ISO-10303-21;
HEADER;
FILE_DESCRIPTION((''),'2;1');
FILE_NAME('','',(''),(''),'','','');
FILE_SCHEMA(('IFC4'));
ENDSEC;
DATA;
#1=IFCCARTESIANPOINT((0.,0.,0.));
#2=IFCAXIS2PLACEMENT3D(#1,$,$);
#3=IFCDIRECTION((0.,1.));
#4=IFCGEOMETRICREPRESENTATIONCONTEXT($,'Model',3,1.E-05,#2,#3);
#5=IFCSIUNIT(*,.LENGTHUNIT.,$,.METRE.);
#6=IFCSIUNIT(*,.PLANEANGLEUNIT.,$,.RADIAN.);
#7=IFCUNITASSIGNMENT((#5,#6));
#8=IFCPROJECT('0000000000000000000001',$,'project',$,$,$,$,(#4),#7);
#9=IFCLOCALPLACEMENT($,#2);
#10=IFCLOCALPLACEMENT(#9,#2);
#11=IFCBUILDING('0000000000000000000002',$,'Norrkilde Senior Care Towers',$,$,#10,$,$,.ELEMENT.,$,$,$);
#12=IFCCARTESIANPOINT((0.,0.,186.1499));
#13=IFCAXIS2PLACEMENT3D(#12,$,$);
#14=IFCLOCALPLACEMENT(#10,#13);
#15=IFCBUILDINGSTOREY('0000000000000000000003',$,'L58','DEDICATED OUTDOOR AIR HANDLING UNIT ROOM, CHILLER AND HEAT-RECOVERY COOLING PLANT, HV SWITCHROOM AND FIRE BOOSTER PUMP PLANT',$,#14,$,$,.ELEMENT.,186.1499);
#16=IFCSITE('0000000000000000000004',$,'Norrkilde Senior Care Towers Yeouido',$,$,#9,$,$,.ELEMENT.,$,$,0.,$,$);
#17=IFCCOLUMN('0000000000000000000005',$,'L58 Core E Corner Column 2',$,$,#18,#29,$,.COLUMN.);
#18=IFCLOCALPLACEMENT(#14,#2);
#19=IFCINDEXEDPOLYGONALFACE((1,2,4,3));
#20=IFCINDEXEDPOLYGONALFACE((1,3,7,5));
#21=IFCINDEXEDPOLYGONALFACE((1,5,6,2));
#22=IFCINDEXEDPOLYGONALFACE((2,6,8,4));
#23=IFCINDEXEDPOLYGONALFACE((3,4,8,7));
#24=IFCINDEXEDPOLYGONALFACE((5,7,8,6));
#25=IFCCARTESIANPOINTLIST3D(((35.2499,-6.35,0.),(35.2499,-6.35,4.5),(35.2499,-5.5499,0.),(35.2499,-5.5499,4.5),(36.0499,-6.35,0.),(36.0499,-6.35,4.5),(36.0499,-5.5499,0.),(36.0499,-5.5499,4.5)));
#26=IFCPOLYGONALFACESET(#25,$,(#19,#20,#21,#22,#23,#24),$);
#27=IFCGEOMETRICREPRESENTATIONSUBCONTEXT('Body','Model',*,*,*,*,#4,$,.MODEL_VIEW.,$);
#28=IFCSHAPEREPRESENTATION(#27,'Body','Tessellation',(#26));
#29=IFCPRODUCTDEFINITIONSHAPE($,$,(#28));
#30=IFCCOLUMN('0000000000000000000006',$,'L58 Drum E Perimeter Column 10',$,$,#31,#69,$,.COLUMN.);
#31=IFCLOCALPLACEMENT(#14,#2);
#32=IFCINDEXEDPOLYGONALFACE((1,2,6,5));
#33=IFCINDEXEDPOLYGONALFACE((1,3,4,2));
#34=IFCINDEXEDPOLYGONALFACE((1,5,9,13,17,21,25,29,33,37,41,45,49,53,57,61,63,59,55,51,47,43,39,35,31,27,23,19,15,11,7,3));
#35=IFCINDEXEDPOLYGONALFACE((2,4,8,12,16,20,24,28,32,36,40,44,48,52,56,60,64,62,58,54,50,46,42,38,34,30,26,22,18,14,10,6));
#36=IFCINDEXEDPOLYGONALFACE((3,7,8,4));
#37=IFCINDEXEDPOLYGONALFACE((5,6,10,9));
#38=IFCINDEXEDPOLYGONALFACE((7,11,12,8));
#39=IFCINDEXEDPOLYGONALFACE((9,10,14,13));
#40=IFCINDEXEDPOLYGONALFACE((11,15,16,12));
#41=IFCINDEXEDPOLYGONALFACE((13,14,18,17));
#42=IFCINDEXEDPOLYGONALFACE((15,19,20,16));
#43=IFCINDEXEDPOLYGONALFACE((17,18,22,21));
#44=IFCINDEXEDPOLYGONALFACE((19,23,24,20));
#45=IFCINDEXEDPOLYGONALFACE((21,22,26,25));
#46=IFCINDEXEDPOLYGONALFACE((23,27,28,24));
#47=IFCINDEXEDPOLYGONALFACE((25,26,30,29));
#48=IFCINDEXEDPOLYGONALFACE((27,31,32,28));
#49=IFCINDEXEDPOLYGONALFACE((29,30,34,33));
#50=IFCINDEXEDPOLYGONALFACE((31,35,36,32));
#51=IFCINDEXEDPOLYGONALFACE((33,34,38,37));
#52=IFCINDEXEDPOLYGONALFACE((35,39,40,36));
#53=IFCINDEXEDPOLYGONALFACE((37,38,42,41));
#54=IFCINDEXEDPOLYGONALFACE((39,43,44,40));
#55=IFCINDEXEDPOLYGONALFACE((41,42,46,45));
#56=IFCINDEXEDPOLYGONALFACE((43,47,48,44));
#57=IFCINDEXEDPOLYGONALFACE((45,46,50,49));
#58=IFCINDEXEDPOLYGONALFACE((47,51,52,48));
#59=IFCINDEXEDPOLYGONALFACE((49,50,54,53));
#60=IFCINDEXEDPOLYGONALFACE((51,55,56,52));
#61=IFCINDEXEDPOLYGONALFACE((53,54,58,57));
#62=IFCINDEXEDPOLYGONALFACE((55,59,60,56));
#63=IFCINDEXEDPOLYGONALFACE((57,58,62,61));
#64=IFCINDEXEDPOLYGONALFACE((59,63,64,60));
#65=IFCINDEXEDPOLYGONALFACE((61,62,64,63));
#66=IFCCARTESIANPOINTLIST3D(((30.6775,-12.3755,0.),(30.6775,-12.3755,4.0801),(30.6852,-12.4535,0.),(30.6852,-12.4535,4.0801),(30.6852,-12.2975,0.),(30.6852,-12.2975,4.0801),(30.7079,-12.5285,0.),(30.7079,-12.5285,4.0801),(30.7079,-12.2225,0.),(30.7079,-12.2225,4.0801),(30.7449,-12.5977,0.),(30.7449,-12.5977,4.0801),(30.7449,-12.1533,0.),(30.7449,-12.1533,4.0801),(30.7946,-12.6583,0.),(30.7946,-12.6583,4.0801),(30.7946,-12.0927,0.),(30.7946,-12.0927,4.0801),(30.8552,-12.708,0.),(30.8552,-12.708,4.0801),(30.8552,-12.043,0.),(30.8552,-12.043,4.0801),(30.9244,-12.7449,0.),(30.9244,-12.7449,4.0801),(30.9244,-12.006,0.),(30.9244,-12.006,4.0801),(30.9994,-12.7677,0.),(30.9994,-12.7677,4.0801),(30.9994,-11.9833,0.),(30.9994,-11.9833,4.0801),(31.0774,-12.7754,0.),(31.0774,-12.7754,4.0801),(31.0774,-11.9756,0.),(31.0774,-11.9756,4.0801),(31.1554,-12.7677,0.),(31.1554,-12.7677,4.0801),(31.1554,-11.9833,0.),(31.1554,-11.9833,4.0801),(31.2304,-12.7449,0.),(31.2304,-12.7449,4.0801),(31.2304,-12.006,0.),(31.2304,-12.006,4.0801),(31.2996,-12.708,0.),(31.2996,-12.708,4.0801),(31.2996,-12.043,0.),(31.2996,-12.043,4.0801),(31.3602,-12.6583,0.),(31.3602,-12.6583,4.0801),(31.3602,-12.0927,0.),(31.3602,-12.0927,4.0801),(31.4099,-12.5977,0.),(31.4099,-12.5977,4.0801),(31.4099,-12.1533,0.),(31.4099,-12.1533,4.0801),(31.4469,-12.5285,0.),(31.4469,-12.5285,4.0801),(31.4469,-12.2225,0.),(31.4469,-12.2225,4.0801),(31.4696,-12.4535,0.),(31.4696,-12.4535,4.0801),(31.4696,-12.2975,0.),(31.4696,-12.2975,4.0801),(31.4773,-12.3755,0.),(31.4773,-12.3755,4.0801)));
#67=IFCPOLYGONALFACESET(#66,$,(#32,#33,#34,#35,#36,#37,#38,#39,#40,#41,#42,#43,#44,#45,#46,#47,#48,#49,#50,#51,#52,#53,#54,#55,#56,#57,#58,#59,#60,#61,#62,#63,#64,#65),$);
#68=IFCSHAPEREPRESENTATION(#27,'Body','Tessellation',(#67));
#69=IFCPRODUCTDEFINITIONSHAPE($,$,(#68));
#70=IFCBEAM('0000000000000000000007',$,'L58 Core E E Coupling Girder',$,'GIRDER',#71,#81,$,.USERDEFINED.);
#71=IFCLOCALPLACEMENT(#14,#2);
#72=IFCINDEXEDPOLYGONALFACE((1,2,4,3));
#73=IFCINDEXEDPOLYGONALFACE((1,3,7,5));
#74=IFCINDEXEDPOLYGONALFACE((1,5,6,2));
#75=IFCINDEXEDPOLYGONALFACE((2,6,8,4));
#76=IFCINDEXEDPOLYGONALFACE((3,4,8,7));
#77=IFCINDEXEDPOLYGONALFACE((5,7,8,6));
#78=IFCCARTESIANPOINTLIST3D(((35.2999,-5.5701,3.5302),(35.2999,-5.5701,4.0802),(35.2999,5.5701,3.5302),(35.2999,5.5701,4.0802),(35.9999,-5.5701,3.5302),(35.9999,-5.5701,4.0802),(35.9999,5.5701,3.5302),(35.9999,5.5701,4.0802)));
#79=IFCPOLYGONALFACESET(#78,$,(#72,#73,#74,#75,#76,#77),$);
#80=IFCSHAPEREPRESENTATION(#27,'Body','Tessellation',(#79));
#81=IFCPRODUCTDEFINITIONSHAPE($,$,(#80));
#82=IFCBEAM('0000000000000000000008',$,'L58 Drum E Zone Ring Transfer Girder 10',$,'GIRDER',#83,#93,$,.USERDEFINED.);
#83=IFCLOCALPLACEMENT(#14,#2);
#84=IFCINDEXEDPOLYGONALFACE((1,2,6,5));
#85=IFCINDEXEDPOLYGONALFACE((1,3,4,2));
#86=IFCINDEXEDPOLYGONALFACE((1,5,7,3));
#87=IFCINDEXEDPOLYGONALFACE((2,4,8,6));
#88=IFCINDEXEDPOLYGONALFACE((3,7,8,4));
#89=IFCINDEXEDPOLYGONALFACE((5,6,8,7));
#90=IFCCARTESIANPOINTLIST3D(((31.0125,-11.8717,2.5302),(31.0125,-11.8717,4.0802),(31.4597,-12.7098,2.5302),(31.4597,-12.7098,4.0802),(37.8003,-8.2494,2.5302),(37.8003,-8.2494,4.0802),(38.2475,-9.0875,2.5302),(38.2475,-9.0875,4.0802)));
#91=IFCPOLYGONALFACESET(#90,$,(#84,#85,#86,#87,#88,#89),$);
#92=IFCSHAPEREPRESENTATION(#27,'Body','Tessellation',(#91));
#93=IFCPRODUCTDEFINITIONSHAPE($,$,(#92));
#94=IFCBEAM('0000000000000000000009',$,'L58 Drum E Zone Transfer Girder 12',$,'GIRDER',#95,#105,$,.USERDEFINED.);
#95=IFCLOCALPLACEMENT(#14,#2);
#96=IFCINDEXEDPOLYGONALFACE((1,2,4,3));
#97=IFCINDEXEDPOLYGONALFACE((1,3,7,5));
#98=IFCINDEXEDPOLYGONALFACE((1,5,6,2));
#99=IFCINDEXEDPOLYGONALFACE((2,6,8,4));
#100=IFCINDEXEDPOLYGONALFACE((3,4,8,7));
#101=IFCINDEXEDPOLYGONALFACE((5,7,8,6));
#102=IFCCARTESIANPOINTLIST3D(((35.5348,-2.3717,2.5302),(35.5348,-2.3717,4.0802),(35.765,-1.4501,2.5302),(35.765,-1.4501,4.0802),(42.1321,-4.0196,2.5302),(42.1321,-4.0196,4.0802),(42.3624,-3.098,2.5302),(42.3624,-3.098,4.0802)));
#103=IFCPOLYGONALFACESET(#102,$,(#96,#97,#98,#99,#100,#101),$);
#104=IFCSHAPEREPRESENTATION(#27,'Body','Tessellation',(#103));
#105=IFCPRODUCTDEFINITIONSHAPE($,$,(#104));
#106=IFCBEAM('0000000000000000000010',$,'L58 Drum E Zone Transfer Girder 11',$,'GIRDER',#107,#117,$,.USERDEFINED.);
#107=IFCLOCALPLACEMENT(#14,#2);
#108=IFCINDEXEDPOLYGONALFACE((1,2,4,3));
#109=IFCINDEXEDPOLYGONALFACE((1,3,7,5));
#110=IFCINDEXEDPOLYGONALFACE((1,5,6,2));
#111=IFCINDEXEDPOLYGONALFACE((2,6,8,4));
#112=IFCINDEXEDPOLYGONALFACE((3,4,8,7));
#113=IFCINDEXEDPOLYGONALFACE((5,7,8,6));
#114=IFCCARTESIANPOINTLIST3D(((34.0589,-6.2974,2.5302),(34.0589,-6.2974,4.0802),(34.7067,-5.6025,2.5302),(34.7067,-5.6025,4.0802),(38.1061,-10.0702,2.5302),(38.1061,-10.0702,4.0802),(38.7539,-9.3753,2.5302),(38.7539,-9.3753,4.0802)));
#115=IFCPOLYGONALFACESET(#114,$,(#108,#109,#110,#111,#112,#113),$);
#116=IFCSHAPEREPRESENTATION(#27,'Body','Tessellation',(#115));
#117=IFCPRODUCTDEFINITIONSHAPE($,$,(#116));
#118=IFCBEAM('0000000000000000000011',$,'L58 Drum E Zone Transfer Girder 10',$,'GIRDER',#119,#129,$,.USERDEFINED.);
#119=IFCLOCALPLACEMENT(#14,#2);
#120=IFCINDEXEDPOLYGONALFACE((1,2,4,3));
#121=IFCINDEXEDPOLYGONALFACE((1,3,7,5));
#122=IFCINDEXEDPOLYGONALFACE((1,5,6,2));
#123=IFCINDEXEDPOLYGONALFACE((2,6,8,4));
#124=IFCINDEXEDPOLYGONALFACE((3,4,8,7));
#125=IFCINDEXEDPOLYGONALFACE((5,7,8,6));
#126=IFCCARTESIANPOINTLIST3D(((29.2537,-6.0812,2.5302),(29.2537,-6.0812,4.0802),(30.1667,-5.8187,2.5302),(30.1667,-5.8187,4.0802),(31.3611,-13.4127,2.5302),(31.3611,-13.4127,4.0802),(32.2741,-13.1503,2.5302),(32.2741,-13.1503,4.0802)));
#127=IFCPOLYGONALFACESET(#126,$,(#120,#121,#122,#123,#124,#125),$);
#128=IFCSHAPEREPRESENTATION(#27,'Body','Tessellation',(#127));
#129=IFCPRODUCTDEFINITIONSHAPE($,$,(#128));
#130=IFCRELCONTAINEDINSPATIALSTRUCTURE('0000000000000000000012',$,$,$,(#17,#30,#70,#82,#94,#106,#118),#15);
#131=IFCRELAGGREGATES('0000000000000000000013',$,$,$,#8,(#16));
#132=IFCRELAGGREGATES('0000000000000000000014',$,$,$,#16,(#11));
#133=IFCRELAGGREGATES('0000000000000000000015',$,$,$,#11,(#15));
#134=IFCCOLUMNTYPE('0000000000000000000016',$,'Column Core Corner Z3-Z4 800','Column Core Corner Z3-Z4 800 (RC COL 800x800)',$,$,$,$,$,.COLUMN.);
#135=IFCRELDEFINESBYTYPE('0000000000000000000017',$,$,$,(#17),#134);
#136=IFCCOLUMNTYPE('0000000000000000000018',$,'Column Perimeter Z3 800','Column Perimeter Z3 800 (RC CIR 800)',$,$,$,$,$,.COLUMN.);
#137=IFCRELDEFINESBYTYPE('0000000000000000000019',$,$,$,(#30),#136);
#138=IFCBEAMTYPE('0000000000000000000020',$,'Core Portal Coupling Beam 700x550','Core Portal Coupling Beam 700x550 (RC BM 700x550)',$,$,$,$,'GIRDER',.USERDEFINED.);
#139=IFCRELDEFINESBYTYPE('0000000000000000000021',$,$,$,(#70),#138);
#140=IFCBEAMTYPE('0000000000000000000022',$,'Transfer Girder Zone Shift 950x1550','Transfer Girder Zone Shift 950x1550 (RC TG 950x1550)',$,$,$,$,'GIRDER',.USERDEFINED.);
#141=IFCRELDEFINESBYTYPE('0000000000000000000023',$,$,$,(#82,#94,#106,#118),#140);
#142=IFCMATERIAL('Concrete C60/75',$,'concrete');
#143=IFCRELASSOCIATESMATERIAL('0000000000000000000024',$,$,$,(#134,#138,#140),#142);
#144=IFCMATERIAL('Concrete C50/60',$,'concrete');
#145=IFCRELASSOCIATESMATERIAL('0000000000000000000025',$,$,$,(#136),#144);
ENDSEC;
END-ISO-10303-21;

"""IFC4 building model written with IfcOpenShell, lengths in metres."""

from ifc_helpers import new_model, si_unit, direction, frame, origin, origin_2d, place, context, subcontext, project, spatial, rectangle, circle, extrude, source, transform, mapped, material, material_profile, profile_set, type_object, type_shapes, element, save


model = new_model("IFC4")

# Units and contexts
model_context = context("Model", 3, precision=1e-05, world=origin(), true_north=direction((0.0, 1.0)))
body_context = subcontext(model_context, "Body", "Model", "MODEL_VIEW")
ifc_project = project(units=[si_unit("LENGTHUNIT", "METRE"), si_unit("PLANEANGLEUNIT", "RADIAN")], contexts=[model_context])

# Site, building, storey
site_placement = place(None, origin())
site = spatial("IfcSite", under=ifc_project, at=site_placement, Name="Norrkilde Senior Care Towers Yeouido", CompositionType="ELEMENT", RefElevation=0.0)
building_placement = place(site_placement, origin())
building = spatial("IfcBuilding", under=site, at=building_placement, Name="Norrkilde Senior Care Towers", CompositionType="ELEMENT")
storey_placement = place(building_placement, frame((0.0, 0.0, 186.1499)))
storey = spatial("IfcBuildingStorey", under=building, at=storey_placement, Name="L58", Description="DEDICATED OUTDOOR AIR HANDLING UNIT ROOM, CHILLER AND HEAT-RECOVERY COOLING PLANT, HV SWITCHROOM AND FIRE BOOSTER PUMP PLANT", CompositionType="ELEMENT", Elevation=186.1499)

# Columns
ifc_material_1 = material(Name="Concrete C60/75", Category="concrete")
ifc_material_profile_1 = material_profile(ifc_material_1, rectangle(XDim=0.8, YDim=0.8, at=origin_2d()), Name="RC COL 800x800")
ifc_profile_set_1 = profile_set([ifc_material_profile_1], Name="Concrete C60/75")
column_type_1 = type_object("IfcColumnType", Name="Column Core Corner Z3-Z4 800", Description="Column Core Corner Z3-Z4 800 (RC COL 800x800)", PredefinedType="COLUMN", material=ifc_profile_set_1)
shared_shape_1 = source(origin(), body_context, "Body", "SweptSolid", [
    extrude(rectangle(XDim=0.8, YDim=0.8, at=origin_2d()), origin(), (0.0, 0.0, 1.0), 4.5),
])
type_shapes(column_type_1, [shared_shape_1])
column_1_placement = place(storey_placement, frame((35.6499, -5.95, 0.0), z_axis=(0.0, 0.0, 1.0), x_axis=(1.0, 0.0, 0.0)))
element("IfcColumn", 1, at=column_1_placement, inside=storey, type_object=column_type_1, Name="L58 Core E Corner Column 2", PredefinedType="COLUMN", context=body_context, shape_type="MappedRepresentation", body=[
    mapped(shared_shape_1, transform((0.0, 0.0, 0.0), x_axis=(1.0, 0.0, 0.0), y_axis=(0.0, 1.0, 0.0), z_axis=(0.0, 0.0, 1.0), scale=1.0)),
])
ifc_material_2 = material(Name="Concrete C50/60", Category="concrete")
ifc_material_profile_2 = material_profile(ifc_material_2, circle(Radius=0.3999, at=origin_2d()), Name="RC CIR 800")
ifc_profile_set_2 = profile_set([ifc_material_profile_2], Name="Concrete C50/60")
column_type_2 = type_object("IfcColumnType", Name="Column Perimeter Z3 800", Description="Column Perimeter Z3 800 (RC CIR 800)", PredefinedType="COLUMN", material=ifc_profile_set_2)
shared_shape_2 = source(origin(), body_context, "Body", "SweptSolid", [
    extrude(circle(Radius=0.3999, at=origin_2d()), origin(), (0.0, 0.0, 1.0), 4.0801),
])
type_shapes(column_type_2, [shared_shape_2])
column_2_placement = place(storey_placement, frame((31.0774, -12.3755, 0.0), z_axis=(0.0, 0.0, 1.0), x_axis=(1.0, 0.0, 0.0)))
element("IfcColumn", 2, at=column_2_placement, inside=storey, type_object=column_type_2, Name="L58 Drum E Perimeter Column 10", PredefinedType="COLUMN", context=body_context, shape_type="MappedRepresentation", body=[
    mapped(shared_shape_2, transform((0.0, 0.0, 0.0), x_axis=(1.0, 0.0, 0.0), y_axis=(0.0, 1.0, 0.0), z_axis=(0.0, 0.0, 1.0), scale=1.0)),
])

# Beams
ifc_material_profile_3 = material_profile(ifc_material_1, rectangle(XDim=0.7, YDim=0.55, at=origin_2d()), Name="RC BM 700x550")
ifc_profile_set_3 = profile_set([ifc_material_profile_3], Name="Concrete C60/75")
beam_type_1 = type_object("IfcBeamType", Name="Core Portal Coupling Beam 700x550", Description="Core Portal Coupling Beam 700x550 (RC BM 700x550)", ElementType="GIRDER", PredefinedType="USERDEFINED", material=ifc_profile_set_3)
shared_shape_3 = source(origin(), body_context, "Body", "SweptSolid", [
    extrude(rectangle(XDim=0.7, YDim=0.55, at=origin_2d()), origin(), (0.0, 0.0, 1.0), 11.1401),
])
type_shapes(beam_type_1, [shared_shape_3])
beam_1_placement = place(storey_placement, frame((35.6499, -5.5701, 3.8052), z_axis=(0.0, 1.0, 0.0), x_axis=(-1.0, 0.0, 0.0)))
element("IfcBeam", 3, at=beam_1_placement, inside=storey, type_object=beam_type_1, Name="L58 Core E E Coupling Girder", ObjectType="GIRDER", PredefinedType="USERDEFINED", context=body_context, shape_type="MappedRepresentation", body=[
    mapped(shared_shape_3, transform((0.0, 0.0, 0.0), x_axis=(1.0, 0.0, 0.0), y_axis=(0.0, 1.0, 0.0), z_axis=(0.0, 0.0, 1.0), scale=1.0)),
])
ifc_material_profile_4 = material_profile(ifc_material_1, rectangle(XDim=0.95, YDim=1.55, at=origin_2d()), Name="RC TG 950x1550")
ifc_profile_set_4 = profile_set([ifc_material_profile_4], Name="Concrete C60/75")
beam_type_2 = type_object("IfcBeamType", Name="Transfer Girder Zone Shift 950x1550", Description="Transfer Girder Zone Shift 950x1550 (RC TG 950x1550)", ElementType="GIRDER", PredefinedType="USERDEFINED", material=ifc_profile_set_4)
shared_shape_4 = source(origin(), body_context, "Body", "SweptSolid", [
    extrude(rectangle(XDim=0.95, YDim=1.55, at=origin_2d()), origin(), (0.0, 0.0, 1.0), 7.6938),
])
beam_2_placement = place(storey_placement, frame((31.2361, -12.2908, 3.3052), z_axis=(0.882238, 0.470804, 0.0), x_axis=(-0.470804, 0.882238, 0.0)))
element("IfcBeam", 4, at=beam_2_placement, inside=storey, type_object=beam_type_2, Name="L58 Drum E Zone Ring Transfer Girder 10", ObjectType="GIRDER", PredefinedType="USERDEFINED", context=body_context, shape_type="MappedRepresentation", body=[
    mapped(shared_shape_4, transform((0.0, 0.0, 0.0), x_axis=(1.0, 0.0, 0.0), y_axis=(0.0, 1.0, 0.0), z_axis=(0.0, 0.0, 1.0), scale=1.0)),
])
shared_shape_5 = source(origin(), body_context, "Body", "SweptSolid", [
    extrude(rectangle(XDim=0.95, YDim=1.55, at=origin_2d()), origin(), (0.0, 0.0, 1.0), 6.8),
])
beam_3_placement = place(storey_placement, frame((35.6499, -1.9109, 3.3052), z_axis=(0.970191, -0.242341, 0.0), x_axis=(0.242341, 0.970191, 0.0)))
element("IfcBeam", 5, at=beam_3_placement, inside=storey, type_object=beam_type_2, Name="L58 Drum E Zone Transfer Girder 12", ObjectType="GIRDER", PredefinedType="USERDEFINED", context=body_context, shape_type="MappedRepresentation", body=[
    mapped(shared_shape_5, transform((0.0, 0.0, 0.0), x_axis=(1.0, 0.0, 0.0), y_axis=(0.0, 1.0, 0.0), z_axis=(0.0, 0.0, 1.0), scale=1.0)),
])
shared_shape_6 = source(origin(), body_context, "Body", "SweptSolid", [
    extrude(rectangle(XDim=0.95, YDim=1.55, at=origin_2d()), origin(), (0.0, 0.0, 1.0), 5.533),
])
beam_4_placement = place(storey_placement, frame((34.3828, -5.95, 3.3052), z_axis=(0.73147, -0.681873, 0.0), x_axis=(0.681873, 0.73147, 0.0)))
element("IfcBeam", 6, at=beam_4_placement, inside=storey, type_object=beam_type_2, Name="L58 Drum E Zone Transfer Girder 11", ObjectType="GIRDER", PredefinedType="USERDEFINED", context=body_context, shape_type="MappedRepresentation", body=[
    mapped(shared_shape_6, transform((0.0, 0.0, 0.0), x_axis=(1.0, 0.0, 0.0), y_axis=(0.0, 1.0, 0.0), z_axis=(0.0, 0.0, 1.0), scale=1.0)),
])
shared_shape_7 = source(origin(), body_context, "Body", "SweptSolid", [
    extrude(rectangle(XDim=0.95, YDim=1.55, at=origin_2d()), origin(), (0.0, 0.0, 1.0), 7.6284),
])
type_shapes(beam_type_2, [shared_shape_4, shared_shape_5, shared_shape_6, shared_shape_7])
beam_5_placement = place(storey_placement, frame((29.7102, -5.95, 3.3052), z_axis=(0.276259, -0.961083, 0.0), x_axis=(0.961083, 0.276259, 0.0)))
element("IfcBeam", 7, at=beam_5_placement, inside=storey, type_object=beam_type_2, Name="L58 Drum E Zone Transfer Girder 10", ObjectType="GIRDER", PredefinedType="USERDEFINED", context=body_context, shape_type="MappedRepresentation", body=[
    mapped(shared_shape_7, transform((0.0, 0.0, 0.0), x_axis=(1.0, 0.0, 0.0), y_axis=(0.0, 1.0, 0.0), z_axis=(0.0, 0.0, 1.0), scale=1.0)),
])

save(model, "model.ifc")
